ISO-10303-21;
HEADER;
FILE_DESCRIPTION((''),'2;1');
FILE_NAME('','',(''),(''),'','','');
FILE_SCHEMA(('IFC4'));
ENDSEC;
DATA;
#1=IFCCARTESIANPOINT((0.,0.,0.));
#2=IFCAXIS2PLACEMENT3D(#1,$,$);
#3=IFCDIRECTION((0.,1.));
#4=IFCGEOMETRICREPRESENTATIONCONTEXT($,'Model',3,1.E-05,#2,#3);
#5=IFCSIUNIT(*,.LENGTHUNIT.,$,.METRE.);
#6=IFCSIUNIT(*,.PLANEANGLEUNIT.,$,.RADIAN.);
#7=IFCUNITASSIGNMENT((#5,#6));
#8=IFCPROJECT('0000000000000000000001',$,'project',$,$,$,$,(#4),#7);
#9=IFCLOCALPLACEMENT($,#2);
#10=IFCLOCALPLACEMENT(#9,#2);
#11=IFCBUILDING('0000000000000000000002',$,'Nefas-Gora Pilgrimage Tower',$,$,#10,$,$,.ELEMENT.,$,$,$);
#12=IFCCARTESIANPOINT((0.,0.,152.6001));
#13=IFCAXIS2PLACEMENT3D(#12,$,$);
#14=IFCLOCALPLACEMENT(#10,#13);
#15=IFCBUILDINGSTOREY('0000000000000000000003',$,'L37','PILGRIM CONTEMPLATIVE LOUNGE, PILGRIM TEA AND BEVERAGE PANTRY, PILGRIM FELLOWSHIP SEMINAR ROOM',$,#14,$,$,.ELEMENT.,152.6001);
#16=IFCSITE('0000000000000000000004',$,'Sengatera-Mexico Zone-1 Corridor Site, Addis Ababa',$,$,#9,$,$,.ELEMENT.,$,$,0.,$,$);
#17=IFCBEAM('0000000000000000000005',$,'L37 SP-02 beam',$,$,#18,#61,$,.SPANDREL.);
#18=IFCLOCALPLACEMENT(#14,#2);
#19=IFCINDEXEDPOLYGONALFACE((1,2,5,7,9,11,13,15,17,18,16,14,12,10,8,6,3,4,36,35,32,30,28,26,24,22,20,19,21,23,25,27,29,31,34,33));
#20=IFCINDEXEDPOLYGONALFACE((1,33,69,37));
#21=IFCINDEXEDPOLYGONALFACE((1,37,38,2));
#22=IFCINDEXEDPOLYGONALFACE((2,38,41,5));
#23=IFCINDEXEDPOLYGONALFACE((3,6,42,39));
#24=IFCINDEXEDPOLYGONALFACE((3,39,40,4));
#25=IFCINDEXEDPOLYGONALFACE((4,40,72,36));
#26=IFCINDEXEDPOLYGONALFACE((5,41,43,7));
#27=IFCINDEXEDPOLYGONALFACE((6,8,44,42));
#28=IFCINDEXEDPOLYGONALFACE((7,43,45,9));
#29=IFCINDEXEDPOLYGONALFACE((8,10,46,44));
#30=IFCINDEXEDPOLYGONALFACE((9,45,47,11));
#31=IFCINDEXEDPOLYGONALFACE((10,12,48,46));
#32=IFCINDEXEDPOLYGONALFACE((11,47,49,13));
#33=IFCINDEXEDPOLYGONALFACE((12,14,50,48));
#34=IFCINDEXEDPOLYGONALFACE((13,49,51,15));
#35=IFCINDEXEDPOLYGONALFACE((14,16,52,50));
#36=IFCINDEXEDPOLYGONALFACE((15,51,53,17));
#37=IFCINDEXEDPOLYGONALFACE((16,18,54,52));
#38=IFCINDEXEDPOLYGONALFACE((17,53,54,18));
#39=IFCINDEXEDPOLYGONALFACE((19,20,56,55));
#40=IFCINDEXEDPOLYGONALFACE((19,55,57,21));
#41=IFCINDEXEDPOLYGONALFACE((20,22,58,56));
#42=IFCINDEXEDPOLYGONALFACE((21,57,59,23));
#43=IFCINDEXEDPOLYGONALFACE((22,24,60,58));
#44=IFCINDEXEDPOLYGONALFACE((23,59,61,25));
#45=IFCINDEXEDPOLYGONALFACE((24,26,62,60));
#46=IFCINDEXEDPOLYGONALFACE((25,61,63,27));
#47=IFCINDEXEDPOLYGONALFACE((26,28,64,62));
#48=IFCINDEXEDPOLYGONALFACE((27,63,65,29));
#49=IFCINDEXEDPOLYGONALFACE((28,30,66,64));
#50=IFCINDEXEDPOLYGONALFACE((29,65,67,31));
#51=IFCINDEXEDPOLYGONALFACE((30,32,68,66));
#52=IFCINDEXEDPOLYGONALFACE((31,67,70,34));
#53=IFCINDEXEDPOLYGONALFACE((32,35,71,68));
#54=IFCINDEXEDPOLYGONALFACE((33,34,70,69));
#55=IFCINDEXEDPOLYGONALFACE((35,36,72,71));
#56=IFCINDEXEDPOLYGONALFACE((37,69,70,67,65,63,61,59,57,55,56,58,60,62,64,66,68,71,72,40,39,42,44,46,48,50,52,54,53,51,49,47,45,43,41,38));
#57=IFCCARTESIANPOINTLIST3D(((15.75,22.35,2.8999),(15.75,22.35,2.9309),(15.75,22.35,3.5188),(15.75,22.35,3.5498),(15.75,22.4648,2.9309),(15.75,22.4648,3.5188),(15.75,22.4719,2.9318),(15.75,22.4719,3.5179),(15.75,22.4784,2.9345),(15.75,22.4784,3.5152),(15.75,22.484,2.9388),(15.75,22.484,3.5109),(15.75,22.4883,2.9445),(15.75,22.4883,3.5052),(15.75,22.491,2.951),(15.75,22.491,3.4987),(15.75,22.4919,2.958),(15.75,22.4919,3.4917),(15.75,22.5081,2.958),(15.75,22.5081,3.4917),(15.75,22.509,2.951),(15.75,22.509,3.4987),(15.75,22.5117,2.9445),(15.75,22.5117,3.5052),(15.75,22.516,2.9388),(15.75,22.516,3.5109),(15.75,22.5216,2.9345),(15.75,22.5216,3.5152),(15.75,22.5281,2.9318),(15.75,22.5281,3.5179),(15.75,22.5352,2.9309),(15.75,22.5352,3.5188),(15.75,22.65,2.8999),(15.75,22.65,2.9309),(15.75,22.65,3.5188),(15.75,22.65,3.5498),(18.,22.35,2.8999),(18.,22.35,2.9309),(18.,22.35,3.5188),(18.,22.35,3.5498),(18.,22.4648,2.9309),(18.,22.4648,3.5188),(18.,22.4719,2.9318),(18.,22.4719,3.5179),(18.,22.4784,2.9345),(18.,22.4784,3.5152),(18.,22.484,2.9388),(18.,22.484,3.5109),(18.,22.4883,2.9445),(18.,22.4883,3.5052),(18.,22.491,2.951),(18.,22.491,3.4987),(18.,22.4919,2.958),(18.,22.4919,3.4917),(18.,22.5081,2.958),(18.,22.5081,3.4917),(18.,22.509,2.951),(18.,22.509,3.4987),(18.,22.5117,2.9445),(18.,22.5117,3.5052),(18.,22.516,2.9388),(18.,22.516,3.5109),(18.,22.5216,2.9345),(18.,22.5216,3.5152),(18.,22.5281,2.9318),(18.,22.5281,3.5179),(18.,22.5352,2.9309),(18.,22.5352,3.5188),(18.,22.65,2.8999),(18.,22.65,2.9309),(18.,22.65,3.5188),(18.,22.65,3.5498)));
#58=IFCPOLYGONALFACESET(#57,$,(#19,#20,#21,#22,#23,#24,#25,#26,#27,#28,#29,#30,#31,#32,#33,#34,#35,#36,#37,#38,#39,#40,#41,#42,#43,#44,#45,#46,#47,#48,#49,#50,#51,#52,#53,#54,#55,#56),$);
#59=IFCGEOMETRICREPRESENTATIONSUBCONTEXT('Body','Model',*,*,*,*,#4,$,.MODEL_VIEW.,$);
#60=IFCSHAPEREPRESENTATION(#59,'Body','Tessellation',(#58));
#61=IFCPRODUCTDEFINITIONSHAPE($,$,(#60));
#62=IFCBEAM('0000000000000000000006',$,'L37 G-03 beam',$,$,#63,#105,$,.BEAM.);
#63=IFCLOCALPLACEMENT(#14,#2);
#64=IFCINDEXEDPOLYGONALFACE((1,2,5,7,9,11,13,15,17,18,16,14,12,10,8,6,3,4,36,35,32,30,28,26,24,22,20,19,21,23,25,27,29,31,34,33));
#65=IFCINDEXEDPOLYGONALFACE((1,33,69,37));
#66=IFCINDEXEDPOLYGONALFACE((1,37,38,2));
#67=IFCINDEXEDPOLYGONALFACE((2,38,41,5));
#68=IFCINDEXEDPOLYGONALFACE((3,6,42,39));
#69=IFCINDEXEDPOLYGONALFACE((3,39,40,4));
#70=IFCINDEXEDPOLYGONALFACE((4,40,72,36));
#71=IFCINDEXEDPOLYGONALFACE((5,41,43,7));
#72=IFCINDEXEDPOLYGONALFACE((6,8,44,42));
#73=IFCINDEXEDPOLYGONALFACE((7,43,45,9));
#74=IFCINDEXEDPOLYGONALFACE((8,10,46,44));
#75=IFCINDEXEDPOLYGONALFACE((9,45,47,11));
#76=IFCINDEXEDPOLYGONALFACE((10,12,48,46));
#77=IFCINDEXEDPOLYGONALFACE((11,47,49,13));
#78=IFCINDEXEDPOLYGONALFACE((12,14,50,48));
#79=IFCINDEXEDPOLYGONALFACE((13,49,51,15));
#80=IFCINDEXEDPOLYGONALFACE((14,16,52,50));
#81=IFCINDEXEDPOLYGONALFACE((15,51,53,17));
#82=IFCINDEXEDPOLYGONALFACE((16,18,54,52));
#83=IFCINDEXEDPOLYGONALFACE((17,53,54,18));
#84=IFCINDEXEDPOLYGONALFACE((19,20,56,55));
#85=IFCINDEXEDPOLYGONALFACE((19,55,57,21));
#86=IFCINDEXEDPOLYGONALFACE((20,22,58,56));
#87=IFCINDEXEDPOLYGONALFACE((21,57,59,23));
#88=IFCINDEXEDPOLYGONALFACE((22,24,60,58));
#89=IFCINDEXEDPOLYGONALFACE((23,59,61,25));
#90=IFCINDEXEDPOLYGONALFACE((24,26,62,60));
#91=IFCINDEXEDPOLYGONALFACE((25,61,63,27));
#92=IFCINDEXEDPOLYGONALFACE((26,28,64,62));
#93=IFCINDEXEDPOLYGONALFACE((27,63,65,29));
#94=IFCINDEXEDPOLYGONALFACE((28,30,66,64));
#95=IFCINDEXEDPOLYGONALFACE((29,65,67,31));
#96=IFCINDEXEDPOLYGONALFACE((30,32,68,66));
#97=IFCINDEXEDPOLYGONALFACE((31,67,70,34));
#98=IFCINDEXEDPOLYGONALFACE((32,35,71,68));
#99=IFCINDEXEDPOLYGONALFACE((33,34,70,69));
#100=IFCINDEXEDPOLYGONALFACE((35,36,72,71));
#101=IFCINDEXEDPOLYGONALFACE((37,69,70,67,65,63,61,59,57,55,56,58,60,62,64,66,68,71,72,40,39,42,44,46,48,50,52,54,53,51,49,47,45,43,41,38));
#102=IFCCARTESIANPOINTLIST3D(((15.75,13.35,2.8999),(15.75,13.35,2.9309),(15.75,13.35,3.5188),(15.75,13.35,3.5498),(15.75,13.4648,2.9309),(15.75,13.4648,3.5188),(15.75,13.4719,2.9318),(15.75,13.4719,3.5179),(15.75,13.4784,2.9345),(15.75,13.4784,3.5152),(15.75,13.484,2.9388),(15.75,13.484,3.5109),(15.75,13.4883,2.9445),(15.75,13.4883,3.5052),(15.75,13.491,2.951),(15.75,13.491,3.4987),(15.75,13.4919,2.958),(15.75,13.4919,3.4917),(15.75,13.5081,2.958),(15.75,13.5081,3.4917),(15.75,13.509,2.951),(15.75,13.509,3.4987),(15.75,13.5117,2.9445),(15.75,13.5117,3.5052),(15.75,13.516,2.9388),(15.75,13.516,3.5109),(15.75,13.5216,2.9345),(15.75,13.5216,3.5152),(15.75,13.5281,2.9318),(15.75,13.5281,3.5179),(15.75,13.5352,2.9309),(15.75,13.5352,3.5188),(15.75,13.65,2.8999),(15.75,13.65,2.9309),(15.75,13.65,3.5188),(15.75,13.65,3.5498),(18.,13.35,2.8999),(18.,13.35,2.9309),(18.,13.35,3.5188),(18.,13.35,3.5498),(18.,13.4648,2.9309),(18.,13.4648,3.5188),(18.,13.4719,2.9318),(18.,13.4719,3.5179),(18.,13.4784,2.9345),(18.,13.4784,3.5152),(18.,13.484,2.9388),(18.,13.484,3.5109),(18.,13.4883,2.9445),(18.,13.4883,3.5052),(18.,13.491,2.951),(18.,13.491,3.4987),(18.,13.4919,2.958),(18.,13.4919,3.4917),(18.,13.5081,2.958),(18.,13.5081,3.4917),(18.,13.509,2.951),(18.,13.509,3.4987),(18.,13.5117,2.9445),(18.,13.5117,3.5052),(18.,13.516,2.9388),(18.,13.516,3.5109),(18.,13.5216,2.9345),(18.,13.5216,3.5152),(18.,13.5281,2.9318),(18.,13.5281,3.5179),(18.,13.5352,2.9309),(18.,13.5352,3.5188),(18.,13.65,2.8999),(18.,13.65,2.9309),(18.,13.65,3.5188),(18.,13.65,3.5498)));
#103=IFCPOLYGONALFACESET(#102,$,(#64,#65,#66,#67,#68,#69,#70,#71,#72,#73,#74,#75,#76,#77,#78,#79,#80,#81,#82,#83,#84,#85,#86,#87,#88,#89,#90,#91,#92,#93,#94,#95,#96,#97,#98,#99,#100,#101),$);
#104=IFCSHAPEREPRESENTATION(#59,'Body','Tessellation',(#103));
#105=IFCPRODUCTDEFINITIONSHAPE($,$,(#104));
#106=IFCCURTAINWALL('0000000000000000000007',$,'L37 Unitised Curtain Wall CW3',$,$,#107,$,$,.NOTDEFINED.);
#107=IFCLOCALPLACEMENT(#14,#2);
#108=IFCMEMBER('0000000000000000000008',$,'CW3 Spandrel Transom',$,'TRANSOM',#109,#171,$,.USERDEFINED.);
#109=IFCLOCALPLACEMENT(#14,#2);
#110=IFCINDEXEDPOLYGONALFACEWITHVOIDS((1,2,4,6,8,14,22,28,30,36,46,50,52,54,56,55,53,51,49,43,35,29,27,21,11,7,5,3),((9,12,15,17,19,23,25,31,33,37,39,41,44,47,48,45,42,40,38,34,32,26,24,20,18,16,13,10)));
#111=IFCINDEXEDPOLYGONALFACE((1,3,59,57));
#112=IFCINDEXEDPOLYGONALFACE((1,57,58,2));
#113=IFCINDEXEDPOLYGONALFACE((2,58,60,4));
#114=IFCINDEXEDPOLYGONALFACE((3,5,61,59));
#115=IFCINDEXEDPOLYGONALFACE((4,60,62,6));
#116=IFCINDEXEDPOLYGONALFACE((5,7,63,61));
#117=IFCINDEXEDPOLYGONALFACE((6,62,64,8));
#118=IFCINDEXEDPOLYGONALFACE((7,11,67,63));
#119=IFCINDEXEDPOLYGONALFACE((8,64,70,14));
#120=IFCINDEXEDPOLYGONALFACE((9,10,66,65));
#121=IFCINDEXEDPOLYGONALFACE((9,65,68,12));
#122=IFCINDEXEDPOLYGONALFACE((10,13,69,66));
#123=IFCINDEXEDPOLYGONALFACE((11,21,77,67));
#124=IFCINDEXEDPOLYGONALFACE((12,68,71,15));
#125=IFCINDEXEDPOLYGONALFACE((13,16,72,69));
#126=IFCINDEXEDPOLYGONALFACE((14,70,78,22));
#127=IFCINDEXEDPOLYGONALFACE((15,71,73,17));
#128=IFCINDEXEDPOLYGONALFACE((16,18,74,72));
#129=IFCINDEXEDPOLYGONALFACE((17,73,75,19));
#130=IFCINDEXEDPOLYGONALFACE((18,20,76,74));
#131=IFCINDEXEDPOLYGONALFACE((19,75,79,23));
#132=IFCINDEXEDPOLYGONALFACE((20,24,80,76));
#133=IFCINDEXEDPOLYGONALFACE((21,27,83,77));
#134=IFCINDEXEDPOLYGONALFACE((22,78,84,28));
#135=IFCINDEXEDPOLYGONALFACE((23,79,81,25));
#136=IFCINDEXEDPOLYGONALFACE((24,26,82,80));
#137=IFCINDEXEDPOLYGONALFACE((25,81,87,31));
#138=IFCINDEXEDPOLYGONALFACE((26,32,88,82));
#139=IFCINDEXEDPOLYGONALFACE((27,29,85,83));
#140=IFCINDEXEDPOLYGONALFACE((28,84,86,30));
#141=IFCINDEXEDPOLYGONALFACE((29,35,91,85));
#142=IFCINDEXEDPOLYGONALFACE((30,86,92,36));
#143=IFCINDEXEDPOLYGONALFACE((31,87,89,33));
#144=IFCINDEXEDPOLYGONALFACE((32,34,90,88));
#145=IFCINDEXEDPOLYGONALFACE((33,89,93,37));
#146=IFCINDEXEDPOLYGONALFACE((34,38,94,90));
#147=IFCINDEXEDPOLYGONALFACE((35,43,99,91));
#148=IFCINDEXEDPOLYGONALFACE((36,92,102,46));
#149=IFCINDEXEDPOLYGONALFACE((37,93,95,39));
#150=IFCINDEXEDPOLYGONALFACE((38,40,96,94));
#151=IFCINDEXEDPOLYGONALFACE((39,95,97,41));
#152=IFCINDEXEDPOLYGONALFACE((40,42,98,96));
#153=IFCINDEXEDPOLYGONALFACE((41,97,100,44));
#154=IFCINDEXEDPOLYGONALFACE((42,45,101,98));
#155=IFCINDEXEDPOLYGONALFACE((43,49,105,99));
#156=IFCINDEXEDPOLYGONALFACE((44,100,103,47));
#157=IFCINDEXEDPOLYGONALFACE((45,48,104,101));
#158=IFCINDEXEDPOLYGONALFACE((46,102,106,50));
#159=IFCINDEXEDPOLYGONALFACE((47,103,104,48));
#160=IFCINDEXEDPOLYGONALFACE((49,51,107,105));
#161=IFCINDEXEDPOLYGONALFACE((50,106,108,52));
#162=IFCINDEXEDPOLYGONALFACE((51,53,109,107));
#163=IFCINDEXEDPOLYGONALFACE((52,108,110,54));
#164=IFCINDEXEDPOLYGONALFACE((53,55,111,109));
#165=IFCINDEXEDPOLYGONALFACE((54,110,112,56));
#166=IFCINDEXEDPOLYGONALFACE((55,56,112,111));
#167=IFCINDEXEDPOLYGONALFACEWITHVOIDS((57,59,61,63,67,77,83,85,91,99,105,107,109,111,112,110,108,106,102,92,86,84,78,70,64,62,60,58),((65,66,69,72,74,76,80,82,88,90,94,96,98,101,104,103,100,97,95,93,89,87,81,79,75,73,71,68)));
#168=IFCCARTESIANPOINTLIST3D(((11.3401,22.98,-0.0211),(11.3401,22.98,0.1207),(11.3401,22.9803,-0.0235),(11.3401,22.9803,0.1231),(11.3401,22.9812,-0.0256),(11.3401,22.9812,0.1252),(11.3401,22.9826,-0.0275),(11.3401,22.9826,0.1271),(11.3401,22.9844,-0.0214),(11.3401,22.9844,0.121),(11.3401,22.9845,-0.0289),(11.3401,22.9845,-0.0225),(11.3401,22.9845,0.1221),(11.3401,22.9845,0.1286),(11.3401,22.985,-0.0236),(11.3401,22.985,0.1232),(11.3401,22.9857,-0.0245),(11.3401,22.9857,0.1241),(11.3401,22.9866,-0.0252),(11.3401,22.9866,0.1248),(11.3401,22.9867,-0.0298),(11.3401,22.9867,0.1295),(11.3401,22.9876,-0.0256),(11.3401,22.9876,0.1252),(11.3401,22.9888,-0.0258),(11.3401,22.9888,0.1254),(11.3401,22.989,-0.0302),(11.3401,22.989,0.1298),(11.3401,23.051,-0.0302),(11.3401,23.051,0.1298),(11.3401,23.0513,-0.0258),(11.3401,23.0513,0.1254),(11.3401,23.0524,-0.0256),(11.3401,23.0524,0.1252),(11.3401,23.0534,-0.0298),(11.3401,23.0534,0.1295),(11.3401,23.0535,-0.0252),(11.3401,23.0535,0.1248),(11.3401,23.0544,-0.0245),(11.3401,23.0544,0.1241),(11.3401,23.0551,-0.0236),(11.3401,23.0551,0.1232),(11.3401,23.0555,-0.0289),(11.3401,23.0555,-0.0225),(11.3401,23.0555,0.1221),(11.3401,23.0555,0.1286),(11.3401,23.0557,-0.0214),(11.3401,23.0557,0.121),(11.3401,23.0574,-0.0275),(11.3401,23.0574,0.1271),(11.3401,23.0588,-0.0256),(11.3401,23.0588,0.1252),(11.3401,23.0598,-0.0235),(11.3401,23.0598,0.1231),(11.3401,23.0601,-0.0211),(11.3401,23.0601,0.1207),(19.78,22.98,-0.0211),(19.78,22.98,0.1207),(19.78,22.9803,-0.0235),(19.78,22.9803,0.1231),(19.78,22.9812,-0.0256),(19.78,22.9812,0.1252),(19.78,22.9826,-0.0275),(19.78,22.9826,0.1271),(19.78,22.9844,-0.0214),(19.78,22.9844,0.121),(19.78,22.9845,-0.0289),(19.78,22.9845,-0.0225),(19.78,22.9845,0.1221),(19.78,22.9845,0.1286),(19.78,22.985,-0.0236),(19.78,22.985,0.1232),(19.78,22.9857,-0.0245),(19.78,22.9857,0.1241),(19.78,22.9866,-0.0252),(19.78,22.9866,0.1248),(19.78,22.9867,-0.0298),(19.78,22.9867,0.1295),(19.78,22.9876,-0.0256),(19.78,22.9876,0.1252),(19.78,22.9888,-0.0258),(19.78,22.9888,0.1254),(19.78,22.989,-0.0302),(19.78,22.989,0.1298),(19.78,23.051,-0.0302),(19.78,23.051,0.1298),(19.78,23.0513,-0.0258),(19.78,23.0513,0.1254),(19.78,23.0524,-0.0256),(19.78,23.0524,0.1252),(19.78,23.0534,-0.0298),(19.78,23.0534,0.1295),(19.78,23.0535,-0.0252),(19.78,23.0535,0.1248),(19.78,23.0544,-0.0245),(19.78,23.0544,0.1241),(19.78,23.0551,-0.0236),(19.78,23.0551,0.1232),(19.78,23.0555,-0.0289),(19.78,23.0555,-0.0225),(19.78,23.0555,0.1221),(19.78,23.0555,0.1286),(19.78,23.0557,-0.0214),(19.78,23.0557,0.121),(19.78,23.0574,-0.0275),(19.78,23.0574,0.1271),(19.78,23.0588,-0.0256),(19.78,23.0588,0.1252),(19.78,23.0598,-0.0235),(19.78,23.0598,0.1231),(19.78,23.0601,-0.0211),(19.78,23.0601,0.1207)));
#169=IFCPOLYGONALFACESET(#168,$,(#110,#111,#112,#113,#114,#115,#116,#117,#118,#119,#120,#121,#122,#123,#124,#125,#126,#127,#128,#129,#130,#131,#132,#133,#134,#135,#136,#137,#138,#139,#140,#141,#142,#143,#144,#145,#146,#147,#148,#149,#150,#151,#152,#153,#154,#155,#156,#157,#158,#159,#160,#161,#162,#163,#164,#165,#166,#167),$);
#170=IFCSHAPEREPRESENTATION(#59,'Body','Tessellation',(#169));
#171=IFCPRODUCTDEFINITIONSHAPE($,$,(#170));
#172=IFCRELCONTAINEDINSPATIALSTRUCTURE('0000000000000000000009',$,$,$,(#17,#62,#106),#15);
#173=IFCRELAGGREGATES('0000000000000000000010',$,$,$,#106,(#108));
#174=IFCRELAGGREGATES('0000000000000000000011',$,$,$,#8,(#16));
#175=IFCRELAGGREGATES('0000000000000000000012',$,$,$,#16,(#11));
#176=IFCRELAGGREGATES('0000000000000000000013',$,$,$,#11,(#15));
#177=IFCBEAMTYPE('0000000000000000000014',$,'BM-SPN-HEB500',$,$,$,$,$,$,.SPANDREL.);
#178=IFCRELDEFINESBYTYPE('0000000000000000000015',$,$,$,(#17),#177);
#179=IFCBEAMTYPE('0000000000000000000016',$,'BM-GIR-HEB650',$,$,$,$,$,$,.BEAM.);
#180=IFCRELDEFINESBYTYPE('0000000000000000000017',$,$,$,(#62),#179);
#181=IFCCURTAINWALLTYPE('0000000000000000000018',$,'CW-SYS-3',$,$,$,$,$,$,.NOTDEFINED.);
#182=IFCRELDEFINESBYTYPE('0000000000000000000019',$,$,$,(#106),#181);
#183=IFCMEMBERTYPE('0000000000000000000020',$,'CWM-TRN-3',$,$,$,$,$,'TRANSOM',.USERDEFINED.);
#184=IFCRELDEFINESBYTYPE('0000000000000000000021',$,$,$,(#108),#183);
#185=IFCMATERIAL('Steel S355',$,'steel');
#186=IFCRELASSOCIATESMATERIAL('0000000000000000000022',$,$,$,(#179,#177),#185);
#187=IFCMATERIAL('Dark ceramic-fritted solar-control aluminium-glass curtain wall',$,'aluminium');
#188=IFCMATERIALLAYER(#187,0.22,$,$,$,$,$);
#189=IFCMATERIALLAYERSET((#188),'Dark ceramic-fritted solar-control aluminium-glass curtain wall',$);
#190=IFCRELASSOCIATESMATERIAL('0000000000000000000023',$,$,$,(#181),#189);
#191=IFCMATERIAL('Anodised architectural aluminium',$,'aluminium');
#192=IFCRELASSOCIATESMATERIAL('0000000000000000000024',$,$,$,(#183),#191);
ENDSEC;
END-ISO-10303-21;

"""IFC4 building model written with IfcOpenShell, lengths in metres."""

from ifc_helpers import new_model, si_unit, direction, frame, origin, origin_2d, place, context, subcontext, project, spatial, hollow_rectangle, i_section, extrude, source, transform, mapped, material, layer, layer_set, material_profile, profile_set, type_object, element, aggregate, save


model = new_model("IFC4")

# Units and contexts
model_context = context("Model", 3, precision=1e-05, world=origin(), true_north=direction((0.0, 1.0)))
body_context = subcontext(model_context, "Body", "Model", "MODEL_VIEW")
ifc_project = project(units=[si_unit("LENGTHUNIT", "METRE"), si_unit("PLANEANGLEUNIT", "RADIAN")], contexts=[model_context])

# Site, building, storey
site_placement = place(None, origin())
site = spatial("IfcSite", under=ifc_project, at=site_placement, Name="Sengatera-Mexico Zone-1 Corridor Site, Addis Ababa", CompositionType="ELEMENT", RefElevation=0.0)
building_placement = place(site_placement, origin())
building = spatial("IfcBuilding", under=site, at=building_placement, Name="Nefas-Gora Pilgrimage Tower", CompositionType="ELEMENT")
storey_placement = place(building_placement, frame((0.0, 0.0, 152.6001)))
storey = spatial("IfcBuildingStorey", under=building, at=storey_placement, Name="L37", Description="PILGRIM CONTEMPLATIVE LOUNGE, PILGRIM TEA AND BEVERAGE PANTRY, PILGRIM FELLOWSHIP SEMINAR ROOM", CompositionType="ELEMENT", Elevation=152.6001)

# Beams
ifc_material_1 = material(Name="Steel S355", Category="steel")
ifc_material_profile_1 = material_profile(ifc_material_1, i_section(OverallWidth=0.3, OverallDepth=0.6499, WebThickness=0.0161, FlangeThickness=0.031, FilletRadius=0.0271, at=origin_2d()), Name="HEB 650")
ifc_profile_set_1 = profile_set([ifc_material_profile_1], Name="Steel S355")
beam_type_1 = type_object("IfcBeamType", Name="BM-GIR-HEB650", PredefinedType="BEAM", material=ifc_profile_set_1)
ifc_material_profile_2 = material_profile(ifc_material_1, i_section(OverallWidth=0.3, OverallDepth=0.6499, WebThickness=0.0161, FlangeThickness=0.031, FilletRadius=0.0271, at=origin_2d()), Name="HEB 650")
ifc_profile_set_2 = profile_set([ifc_material_profile_2], Name="Steel S355")
beam_type_2 = type_object("IfcBeamType", Name="BM-SPN-HEB500", PredefinedType="SPANDREL", material=ifc_profile_set_2)
shared_shape_1 = source(origin(), body_context, "Body", "SweptSolid", [
    extrude(i_section(OverallWidth=0.3, OverallDepth=0.6499, WebThickness=0.0161, FlangeThickness=0.031, FilletRadius=0.0271, at=origin_2d()), origin(), (0.0, 0.0, 1.0), 2.25),
])
for number, where, z_axis, x_axis, name in (
    (1, (15.75, 22.5, 3.2249), (1.0, 0.0, 0.0), (0.0, 1.0, 0.0), "L37 SP-02 beam"),
):
    element("IfcBeam", number, at=place(storey_placement, frame(where, z_axis=z_axis, x_axis=x_axis)), inside=storey, type_object=beam_type_2, Name=name, PredefinedType="SPANDREL", context=body_context, shape_type="MappedRepresentation", body=[
        mapped(shared_shape_1, transform((0.0, 0.0, 0.0), x_axis=(1.0, 0.0, 0.0), y_axis=(0.0, 1.0, 0.0), z_axis=(0.0, 0.0, 1.0), scale=1.0)),
    ])
shared_shape_2 = source(origin(), body_context, "Body", "SweptSolid", [
    extrude(i_section(OverallWidth=0.3, OverallDepth=0.6499, WebThickness=0.0161, FlangeThickness=0.031, FilletRadius=0.0271, at=origin_2d()), origin(), (0.0, 0.0, 1.0), 2.25),
])
beam_1_placement = place(storey_placement, frame((15.75, 13.5, 3.2249), z_axis=(1.0, 0.0, 0.0), x_axis=(0.0, 1.0, 0.0)))
element("IfcBeam", 2, at=beam_1_placement, inside=storey, type_object=beam_type_1, Name="L37 G-03 beam", PredefinedType="BEAM", context=body_context, shape_type="MappedRepresentation", body=[
    mapped(shared_shape_2, transform((0.0, 0.0, 0.0), x_axis=(1.0, 0.0, 0.0), y_axis=(0.0, 1.0, 0.0), z_axis=(0.0, 0.0, 1.0), scale=1.0)),
])

# Curtain wall, member
ifc_material_2 = material(Name="Dark ceramic-fritted solar-control aluminium-glass curtain wall", Category="aluminium")
ifc_layer_1 = layer(ifc_material_2, 0.22)
ifc_layer_set_1 = layer_set([ifc_layer_1], Name="Dark ceramic-fritted solar-control aluminium-glass curtain wall")
curtain_wall_type = type_object("IfcCurtainWallType", Name="CW-SYS-3", PredefinedType="NOTDEFINED", material=ifc_layer_set_1)
curtain_wall_1_placement = place(storey_placement, origin())
curtain_wall_1 = element("IfcCurtainWall", 3, at=curtain_wall_1_placement, inside=storey, type_object=curtain_wall_type, Name="L37 Unitised Curtain Wall CW3", PredefinedType="NOTDEFINED")
ifc_material_3 = material(Name="Anodised architectural aluminium", Category="aluminium")
ifc_material_profile_3 = material_profile(ifc_material_3, hollow_rectangle(XDim=0.0801, YDim=0.1599, WallThickness=0.0044, InnerFilletRadius=0.0044, OuterFilletRadius=0.009, at=origin_2d()), Name="ALU TRANSOM 80x160")
ifc_profile_set_3 = profile_set([ifc_material_profile_3], Name="Anodised architectural aluminium")
member_type_1 = type_object("IfcMemberType", Name="CWM-TRN-3", ElementType="TRANSOM", PredefinedType="USERDEFINED", material=ifc_profile_set_3)
shared_shape_3 = source(origin(), body_context, "Body", "SweptSolid", [
    extrude(hollow_rectangle(XDim=0.0801, YDim=0.1599, WallThickness=0.0044, InnerFilletRadius=0.0044, OuterFilletRadius=0.009, at=origin_2d()), origin(), (0.0, 0.0, 1.0), 8.4399),
])
member_1_placement = place(storey_placement, frame((19.78, 23.02, 0.0498), z_axis=(-1.0, 0.0, 0.0), x_axis=(0.0, -1.0, 0.0)))
member_1 = element("IfcMember", 4, at=member_1_placement, type_object=member_type_1, Name="CW3 Spandrel Transom", ObjectType="TRANSOM", PredefinedType="USERDEFINED", context=body_context, shape_type="MappedRepresentation", body=[
    mapped(shared_shape_3, transform((0.0, 0.0, 0.0), x_axis=(1.0, 0.0, 0.0), y_axis=(0.0, 1.0, 0.0), z_axis=(0.0, 0.0, 1.0), scale=1.0)),
])

aggregate(curtain_wall_1, [member_1])

save(model, "model.ifc")
